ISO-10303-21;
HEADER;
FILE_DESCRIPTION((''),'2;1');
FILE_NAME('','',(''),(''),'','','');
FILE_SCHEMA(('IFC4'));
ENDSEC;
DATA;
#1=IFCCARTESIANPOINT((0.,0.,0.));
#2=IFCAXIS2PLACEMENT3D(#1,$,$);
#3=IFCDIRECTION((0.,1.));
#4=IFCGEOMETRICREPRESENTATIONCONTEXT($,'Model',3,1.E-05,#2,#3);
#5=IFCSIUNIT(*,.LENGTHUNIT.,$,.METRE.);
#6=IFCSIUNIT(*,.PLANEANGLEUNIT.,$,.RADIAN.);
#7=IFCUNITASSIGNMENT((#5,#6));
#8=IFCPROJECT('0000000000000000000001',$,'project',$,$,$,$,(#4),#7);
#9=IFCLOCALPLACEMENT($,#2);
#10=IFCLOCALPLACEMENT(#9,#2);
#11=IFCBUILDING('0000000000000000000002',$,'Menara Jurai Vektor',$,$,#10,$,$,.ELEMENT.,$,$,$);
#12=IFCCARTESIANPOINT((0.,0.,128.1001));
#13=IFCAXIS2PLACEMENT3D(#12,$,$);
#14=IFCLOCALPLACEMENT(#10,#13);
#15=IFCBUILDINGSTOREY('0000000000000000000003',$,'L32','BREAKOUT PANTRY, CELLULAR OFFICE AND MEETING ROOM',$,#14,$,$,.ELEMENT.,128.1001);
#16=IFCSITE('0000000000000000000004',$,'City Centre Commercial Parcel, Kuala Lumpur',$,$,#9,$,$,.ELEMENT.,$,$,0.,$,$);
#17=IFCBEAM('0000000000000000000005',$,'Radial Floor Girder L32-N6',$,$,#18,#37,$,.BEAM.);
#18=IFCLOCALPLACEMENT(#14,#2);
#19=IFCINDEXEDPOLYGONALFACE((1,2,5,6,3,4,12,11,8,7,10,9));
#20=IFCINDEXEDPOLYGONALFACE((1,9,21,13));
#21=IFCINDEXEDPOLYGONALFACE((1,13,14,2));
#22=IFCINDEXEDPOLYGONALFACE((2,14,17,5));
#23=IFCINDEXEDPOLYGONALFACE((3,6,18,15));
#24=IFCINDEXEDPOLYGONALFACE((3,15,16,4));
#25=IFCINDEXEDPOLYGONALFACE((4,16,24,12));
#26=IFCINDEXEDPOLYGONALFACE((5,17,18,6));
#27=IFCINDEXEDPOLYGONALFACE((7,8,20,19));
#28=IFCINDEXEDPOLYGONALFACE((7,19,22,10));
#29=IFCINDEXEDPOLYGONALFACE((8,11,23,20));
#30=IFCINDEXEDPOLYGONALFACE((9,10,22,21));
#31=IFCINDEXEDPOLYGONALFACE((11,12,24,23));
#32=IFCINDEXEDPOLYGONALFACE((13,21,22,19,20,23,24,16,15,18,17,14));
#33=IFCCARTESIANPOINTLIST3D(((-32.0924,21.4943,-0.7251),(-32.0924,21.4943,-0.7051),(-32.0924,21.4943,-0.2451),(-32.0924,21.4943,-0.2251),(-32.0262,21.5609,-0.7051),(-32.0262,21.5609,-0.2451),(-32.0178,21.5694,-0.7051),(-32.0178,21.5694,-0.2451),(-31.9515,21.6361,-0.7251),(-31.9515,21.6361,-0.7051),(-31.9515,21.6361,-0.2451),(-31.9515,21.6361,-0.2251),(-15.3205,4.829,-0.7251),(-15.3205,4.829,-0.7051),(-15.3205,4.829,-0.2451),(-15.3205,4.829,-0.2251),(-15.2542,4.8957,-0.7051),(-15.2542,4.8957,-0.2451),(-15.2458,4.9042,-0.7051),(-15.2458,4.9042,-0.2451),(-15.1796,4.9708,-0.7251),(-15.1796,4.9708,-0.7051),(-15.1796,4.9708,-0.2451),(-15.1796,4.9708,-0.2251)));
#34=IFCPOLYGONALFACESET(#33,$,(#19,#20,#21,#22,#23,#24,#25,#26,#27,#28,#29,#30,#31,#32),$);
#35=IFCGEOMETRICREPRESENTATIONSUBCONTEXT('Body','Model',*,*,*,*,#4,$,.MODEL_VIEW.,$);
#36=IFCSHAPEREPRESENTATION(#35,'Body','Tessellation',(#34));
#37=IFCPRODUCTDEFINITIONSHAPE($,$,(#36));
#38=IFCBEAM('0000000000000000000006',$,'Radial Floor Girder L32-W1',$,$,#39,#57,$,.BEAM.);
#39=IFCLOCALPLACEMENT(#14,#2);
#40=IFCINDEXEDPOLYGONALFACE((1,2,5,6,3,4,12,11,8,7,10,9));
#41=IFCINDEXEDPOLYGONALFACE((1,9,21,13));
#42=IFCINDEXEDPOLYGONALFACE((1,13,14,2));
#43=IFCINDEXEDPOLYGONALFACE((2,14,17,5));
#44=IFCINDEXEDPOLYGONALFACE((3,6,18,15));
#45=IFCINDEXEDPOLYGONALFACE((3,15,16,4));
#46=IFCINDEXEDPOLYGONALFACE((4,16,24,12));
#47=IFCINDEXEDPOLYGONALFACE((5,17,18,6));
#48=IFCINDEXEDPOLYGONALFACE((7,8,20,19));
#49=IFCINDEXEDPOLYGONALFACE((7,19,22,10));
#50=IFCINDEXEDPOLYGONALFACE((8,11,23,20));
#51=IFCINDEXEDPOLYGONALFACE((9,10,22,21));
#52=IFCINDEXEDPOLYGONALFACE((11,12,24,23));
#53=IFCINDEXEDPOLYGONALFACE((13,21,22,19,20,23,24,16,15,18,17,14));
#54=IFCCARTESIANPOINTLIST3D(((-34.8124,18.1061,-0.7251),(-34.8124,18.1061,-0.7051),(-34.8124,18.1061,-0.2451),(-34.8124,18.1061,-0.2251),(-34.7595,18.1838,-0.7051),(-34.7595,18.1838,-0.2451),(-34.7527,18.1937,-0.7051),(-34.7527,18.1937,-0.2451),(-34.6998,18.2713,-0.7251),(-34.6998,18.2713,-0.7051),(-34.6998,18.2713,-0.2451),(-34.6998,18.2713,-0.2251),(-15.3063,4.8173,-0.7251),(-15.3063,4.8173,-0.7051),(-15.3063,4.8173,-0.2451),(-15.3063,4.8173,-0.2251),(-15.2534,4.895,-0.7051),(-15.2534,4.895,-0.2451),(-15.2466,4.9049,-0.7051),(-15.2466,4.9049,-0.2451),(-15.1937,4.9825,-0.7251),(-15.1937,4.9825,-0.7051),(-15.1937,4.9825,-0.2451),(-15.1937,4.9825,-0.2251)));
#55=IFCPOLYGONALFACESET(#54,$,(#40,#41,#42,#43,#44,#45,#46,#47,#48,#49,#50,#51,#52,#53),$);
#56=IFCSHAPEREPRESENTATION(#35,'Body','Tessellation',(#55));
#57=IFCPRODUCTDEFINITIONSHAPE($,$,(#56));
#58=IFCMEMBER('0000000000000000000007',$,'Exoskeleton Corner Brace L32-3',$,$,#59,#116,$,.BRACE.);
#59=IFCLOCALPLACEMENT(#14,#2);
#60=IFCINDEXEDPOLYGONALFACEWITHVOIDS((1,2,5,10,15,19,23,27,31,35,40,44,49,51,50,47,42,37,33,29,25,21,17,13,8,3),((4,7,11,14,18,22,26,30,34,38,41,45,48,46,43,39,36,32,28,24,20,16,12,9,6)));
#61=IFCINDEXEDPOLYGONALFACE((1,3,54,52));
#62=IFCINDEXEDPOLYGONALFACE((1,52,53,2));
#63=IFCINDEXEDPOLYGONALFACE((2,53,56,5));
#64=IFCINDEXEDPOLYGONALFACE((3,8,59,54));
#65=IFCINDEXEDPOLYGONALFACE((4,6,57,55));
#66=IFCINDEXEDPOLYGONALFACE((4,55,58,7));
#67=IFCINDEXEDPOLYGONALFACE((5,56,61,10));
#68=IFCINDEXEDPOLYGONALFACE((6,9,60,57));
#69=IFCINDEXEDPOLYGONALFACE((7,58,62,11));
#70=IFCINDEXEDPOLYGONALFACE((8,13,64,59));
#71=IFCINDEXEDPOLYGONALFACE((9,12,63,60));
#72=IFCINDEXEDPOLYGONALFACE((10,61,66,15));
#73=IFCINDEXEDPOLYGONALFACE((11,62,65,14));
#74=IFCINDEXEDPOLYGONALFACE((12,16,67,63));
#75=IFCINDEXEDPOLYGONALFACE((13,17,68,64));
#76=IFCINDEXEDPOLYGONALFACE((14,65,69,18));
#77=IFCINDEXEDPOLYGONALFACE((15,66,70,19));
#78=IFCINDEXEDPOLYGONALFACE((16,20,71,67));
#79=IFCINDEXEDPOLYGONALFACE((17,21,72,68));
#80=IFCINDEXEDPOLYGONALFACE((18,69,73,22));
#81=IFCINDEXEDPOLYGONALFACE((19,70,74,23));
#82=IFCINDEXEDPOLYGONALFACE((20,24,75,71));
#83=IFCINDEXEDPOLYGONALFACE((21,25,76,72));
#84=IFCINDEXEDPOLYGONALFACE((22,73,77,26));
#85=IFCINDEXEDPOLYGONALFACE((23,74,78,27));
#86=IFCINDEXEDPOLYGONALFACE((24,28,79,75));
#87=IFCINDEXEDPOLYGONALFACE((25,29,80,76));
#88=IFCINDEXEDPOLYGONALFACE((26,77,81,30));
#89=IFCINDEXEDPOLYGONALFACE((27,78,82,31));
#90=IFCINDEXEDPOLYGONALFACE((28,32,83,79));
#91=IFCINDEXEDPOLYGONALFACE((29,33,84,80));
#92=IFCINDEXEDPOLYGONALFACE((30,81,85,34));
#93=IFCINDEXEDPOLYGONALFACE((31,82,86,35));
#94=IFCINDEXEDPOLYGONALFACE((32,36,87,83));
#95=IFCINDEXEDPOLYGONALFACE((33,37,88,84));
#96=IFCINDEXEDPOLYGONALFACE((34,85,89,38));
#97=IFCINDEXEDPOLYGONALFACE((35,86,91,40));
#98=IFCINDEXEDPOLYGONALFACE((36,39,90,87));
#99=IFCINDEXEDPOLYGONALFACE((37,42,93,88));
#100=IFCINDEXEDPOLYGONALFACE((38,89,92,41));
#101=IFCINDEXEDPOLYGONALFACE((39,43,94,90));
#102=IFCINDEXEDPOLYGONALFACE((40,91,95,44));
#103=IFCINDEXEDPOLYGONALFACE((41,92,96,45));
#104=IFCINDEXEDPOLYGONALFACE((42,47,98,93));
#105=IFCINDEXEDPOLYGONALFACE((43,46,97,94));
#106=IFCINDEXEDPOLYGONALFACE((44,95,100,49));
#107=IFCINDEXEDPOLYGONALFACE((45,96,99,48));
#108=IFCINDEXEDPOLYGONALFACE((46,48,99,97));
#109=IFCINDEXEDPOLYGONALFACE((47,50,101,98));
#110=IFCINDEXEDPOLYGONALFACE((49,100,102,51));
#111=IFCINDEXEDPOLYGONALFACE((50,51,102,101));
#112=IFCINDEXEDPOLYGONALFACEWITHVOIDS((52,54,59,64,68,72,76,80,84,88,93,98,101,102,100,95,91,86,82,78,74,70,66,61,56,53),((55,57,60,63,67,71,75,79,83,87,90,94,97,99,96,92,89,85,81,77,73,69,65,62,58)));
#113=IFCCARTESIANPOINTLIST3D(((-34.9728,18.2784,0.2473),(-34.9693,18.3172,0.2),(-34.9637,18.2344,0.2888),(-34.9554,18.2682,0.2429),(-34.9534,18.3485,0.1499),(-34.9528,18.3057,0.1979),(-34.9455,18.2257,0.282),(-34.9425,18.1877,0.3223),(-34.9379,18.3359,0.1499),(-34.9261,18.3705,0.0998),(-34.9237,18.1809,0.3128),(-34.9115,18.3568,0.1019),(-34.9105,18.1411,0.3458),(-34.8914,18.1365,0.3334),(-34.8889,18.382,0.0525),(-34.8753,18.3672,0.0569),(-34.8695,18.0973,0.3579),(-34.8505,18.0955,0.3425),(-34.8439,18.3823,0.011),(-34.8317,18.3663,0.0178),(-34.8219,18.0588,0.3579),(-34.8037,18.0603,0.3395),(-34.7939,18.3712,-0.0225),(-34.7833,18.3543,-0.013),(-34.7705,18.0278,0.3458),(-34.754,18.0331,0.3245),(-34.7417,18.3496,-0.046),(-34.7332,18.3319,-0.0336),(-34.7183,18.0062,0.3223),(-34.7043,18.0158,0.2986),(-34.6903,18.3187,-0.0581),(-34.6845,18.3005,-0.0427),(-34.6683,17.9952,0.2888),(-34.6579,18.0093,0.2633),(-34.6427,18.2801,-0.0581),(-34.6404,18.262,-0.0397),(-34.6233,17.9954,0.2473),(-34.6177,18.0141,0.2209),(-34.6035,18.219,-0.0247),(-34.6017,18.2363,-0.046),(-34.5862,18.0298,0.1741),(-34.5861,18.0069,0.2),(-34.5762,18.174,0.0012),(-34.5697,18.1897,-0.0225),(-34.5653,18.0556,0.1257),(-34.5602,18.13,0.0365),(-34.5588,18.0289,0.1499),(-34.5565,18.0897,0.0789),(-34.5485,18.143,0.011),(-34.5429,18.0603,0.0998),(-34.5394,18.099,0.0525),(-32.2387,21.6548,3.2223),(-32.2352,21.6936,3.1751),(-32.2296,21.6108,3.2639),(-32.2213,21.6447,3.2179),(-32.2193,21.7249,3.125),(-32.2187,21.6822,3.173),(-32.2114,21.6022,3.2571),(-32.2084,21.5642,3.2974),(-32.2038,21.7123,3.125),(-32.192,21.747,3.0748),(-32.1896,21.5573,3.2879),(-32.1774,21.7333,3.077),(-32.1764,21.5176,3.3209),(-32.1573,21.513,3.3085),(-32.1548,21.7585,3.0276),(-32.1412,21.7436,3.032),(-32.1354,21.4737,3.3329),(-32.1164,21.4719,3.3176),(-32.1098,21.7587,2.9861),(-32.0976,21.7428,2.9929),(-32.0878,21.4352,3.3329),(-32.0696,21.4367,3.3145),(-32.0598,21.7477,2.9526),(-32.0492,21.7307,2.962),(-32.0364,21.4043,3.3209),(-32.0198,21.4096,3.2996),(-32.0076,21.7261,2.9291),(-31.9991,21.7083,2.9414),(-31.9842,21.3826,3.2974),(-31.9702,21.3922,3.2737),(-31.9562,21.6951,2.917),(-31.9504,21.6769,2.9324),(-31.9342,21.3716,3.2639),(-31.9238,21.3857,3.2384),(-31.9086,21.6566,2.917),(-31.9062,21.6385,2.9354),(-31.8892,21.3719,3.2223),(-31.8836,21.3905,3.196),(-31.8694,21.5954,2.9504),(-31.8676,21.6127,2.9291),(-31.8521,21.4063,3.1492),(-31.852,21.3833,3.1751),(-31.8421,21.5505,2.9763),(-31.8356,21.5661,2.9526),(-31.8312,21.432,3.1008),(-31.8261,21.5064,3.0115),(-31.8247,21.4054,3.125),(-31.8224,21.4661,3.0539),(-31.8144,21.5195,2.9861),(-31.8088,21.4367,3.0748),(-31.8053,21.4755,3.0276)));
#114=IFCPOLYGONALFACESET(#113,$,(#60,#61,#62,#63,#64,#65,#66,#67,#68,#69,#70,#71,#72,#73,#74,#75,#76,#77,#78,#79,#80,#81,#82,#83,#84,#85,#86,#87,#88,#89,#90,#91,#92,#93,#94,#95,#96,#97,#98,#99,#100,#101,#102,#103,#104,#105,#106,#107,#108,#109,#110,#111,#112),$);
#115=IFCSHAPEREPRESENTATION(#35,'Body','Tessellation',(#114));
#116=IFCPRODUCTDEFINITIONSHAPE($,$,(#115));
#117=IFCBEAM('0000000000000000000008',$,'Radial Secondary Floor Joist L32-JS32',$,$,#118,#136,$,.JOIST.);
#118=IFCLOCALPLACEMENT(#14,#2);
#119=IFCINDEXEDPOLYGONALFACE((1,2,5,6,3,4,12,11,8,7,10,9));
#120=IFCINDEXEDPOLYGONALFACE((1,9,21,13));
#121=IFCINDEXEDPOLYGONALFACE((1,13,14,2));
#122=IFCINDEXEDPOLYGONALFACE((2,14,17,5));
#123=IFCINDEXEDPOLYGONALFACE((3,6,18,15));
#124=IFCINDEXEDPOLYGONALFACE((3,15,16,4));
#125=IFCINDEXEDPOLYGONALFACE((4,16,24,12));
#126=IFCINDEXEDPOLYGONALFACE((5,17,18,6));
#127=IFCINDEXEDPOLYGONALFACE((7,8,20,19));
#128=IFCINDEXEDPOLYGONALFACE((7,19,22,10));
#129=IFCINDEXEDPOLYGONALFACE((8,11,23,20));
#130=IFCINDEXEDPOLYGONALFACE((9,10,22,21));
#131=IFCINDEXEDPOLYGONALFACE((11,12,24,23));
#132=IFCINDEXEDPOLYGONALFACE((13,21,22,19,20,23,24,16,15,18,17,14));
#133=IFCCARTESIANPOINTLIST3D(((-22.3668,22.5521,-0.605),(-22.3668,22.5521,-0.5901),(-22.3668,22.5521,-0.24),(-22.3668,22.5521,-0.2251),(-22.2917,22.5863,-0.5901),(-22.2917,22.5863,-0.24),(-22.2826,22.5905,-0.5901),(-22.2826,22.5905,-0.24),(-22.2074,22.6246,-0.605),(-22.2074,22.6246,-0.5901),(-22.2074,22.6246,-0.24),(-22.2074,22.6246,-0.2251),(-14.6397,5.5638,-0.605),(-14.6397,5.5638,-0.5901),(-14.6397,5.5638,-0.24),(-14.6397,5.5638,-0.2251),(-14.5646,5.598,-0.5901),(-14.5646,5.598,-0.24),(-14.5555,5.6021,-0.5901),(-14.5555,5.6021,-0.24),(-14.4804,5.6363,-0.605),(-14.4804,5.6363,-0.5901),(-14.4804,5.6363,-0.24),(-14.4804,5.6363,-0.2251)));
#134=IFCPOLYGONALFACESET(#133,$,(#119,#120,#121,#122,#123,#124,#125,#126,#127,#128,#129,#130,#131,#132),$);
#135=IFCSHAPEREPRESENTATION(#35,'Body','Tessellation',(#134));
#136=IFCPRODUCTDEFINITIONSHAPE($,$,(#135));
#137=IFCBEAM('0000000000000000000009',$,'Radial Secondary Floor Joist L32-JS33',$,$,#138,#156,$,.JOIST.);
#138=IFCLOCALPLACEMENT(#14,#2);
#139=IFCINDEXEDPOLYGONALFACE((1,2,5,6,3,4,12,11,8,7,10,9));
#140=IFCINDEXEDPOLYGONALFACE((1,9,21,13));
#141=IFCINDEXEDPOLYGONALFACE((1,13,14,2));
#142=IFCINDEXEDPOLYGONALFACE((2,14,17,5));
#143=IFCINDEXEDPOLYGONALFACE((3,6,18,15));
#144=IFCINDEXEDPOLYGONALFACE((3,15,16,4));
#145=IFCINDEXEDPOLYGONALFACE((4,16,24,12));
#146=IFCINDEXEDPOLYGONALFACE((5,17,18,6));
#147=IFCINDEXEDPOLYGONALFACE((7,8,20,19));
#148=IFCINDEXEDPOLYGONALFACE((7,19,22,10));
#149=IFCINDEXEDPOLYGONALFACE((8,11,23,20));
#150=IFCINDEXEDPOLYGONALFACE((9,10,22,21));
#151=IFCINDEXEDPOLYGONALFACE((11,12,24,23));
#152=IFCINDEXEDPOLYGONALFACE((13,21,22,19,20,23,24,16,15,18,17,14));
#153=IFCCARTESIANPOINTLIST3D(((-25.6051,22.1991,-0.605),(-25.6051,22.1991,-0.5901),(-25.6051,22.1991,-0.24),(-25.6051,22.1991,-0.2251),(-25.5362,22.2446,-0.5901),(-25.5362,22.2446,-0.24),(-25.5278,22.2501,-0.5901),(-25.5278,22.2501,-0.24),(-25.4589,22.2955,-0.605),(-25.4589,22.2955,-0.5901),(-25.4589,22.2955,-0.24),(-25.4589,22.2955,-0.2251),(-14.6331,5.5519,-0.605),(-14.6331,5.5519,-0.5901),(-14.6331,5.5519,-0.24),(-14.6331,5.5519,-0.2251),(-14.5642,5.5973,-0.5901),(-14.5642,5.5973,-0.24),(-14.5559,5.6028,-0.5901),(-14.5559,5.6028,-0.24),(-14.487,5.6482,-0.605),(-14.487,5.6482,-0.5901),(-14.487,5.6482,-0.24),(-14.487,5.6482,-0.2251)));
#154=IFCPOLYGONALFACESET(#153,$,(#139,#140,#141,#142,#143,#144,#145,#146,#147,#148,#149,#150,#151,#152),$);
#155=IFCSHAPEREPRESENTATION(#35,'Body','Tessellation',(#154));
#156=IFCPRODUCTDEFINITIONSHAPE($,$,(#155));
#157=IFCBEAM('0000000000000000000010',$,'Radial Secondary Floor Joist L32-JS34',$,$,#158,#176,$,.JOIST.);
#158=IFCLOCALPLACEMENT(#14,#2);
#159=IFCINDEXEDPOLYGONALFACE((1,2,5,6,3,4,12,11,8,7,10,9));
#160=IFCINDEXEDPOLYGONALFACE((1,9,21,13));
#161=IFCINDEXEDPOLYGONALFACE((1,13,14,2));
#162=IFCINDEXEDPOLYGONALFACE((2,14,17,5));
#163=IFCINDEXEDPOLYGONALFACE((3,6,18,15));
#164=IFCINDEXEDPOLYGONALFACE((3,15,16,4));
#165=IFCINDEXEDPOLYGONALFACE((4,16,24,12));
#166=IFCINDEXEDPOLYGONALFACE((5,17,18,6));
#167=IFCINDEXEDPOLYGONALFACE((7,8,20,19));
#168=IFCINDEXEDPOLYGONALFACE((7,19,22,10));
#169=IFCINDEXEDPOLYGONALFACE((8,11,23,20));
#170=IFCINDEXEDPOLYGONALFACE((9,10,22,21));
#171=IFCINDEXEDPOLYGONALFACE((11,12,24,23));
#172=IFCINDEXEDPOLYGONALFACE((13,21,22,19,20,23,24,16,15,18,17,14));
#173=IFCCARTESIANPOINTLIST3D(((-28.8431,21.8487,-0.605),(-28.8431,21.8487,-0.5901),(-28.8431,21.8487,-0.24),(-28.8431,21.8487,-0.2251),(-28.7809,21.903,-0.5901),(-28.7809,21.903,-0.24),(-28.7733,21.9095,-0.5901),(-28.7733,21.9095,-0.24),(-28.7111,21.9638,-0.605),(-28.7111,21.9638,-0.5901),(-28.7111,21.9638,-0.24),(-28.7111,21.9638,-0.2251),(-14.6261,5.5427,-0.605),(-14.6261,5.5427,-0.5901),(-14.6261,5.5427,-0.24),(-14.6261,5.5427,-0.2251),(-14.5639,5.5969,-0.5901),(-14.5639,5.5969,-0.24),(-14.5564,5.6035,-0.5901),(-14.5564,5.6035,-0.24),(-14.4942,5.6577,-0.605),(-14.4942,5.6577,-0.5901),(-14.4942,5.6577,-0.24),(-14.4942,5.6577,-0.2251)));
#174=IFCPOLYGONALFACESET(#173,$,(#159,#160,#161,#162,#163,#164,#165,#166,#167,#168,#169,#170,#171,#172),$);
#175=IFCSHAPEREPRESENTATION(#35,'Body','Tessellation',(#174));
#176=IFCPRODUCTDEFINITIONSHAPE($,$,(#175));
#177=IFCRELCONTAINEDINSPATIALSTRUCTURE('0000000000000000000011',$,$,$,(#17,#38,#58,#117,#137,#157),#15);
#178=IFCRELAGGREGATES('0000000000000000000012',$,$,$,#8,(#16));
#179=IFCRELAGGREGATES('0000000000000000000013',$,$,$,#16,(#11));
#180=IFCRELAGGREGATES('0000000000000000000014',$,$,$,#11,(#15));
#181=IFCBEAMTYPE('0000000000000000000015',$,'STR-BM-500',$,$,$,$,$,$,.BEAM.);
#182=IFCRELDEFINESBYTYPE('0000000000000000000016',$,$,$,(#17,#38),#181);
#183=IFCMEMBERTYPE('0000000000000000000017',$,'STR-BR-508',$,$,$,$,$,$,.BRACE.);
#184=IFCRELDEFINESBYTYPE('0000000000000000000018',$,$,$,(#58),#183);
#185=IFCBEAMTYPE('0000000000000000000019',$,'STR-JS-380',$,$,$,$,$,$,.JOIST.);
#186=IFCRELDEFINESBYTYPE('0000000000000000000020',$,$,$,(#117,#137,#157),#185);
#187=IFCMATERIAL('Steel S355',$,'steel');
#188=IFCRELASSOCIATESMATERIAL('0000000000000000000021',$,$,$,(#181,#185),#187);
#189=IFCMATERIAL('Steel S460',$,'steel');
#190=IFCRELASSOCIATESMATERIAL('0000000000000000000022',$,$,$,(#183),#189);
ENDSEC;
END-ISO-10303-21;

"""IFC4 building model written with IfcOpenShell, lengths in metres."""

from ifc_helpers import new_model, si_unit, direction, frame, origin, origin_2d, place, context, subcontext, project, spatial, hollow_circle, i_section, extrude, material, material_profile, profile_set, type_object, element, save


model = new_model("IFC4")

# Units and contexts
model_context = context("Model", 3, precision=1e-05, world=origin(), true_north=direction((0.0, 1.0)))
body_context = subcontext(model_context, "Body", "Model", "MODEL_VIEW")
ifc_project = project(units=[si_unit("LENGTHUNIT", "METRE"), si_unit("PLANEANGLEUNIT", "RADIAN")], contexts=[model_context])

# Site, building, storey
site_placement = place(None, origin())
site = spatial("IfcSite", under=ifc_project, at=site_placement, Name="City Centre Commercial Parcel, Kuala Lumpur", CompositionType="ELEMENT", RefElevation=0.0)
building_placement = place(site_placement, origin())
building = spatial("IfcBuilding", under=site, at=building_placement, Name="Menara Jurai Vektor", CompositionType="ELEMENT")
storey_placement = place(building_placement, frame((0.0, 0.0, 128.1001)))
storey = spatial("IfcBuildingStorey", under=building, at=storey_placement, Name="L32", Description="BREAKOUT PANTRY, CELLULAR OFFICE AND MEETING ROOM", CompositionType="ELEMENT", Elevation=128.1001)

# Shared definitions
ifc_material_1 = material(Name="Steel S460", Category="steel")

# Beams
ifc_material_2 = material(Name="Steel S355", Category="steel")
ifc_material_profile_1 = material_profile(ifc_material_2, i_section(OverallWidth=0.2, OverallDepth=0.5, WebThickness=0.012, FlangeThickness=0.02, at=origin_2d()), Name="PG 500x200x96")
ifc_profile_set_1 = profile_set([ifc_material_profile_1], Name="Steel S355")
beam_type_1 = type_object("IfcBeamType", Name="STR-BM-500", PredefinedType="BEAM", material=ifc_profile_set_1)
beam_1_placement = place(storey_placement, frame((-32.022, 21.5652, -0.4751), z_axis=(0.709359, -0.704847, 0.0), x_axis=(0.704847, 0.709359, 0.0)))
element("IfcBeam", 1, at=beam_1_placement, inside=storey, type_object=beam_type_1, Name="Radial Floor Girder L32-N6", PredefinedType="BEAM", context=body_context, shape_type="SweptSolid", body=[
    extrude(i_section(OverallWidth=0.2, OverallDepth=0.5, WebThickness=0.012, FlangeThickness=0.02, at=origin_2d()), origin(), (0.0, 0.0, 1.0), 23.6438),
])
beam_2_placement = place(storey_placement, frame((-34.7561, 18.1887, -0.4751), z_axis=(0.82644, -0.563024, 0.0), x_axis=(0.563024, 0.82644, 0.0)))
element("IfcBeam", 2, at=beam_2_placement, inside=storey, type_object=beam_type_1, Name="Radial Floor Girder L32-W1", PredefinedType="BEAM", context=body_context, shape_type="SweptSolid", body=[
    extrude(i_section(OverallWidth=0.2, OverallDepth=0.5, WebThickness=0.012, FlangeThickness=0.02, at=origin_2d()), origin(), (0.0, 0.0, 1.0), 23.6025),
])

# Member
ifc_material_profile_2 = material_profile(ifc_material_1, hollow_circle(Radius=0.2539, WallThickness=0.02, at=origin_2d()), Name="CHS 508x20")
ifc_profile_set_2 = profile_set([ifc_material_profile_2], Name="Steel S460")
member_type_1 = type_object("IfcMemberType", Name="STR-BR-508", PredefinedType="BRACE", material=ifc_profile_set_2)
member_1_placement = place(storey_placement, frame((-34.7561, 18.1887, 0.1499), z_axis=(0.519238, 0.641223, 0.565), x_axis=(-0.777155, 0.62931, 0.0)))
element("IfcMember", 3, at=member_1_placement, inside=storey, type_object=member_type_1, Name="Exoskeleton Corner Brace L32-3", PredefinedType="BRACE", context=body_context, shape_type="SweptSolid", body=[
    extrude(hollow_circle(Radius=0.2539, WallThickness=0.02, at=origin_2d()), origin(), (0.0, 0.0, 1.0), 5.2656),
])

# Beams
ifc_material_profile_3 = material_profile(ifc_material_2, i_section(OverallWidth=0.175, OverallDepth=0.3799, WebThickness=0.01, FlangeThickness=0.0149, at=origin_2d()), Name="PG 380x175x58")
ifc_profile_set_3 = profile_set([ifc_material_profile_3], Name="Steel S355")
beam_type_2 = type_object("IfcBeamType", Name="STR-JS-380", PredefinedType="JOIST", material=ifc_profile_set_3)
beam_3_placement = place(storey_placement, frame((-22.2871, 22.5884, -0.415), z_axis=(0.41403, -0.910263, 0.0), x_axis=(0.910263, 0.41403, 0.0)))
element("IfcBeam", 4, at=beam_3_placement, inside=storey, type_object=beam_type_2, Name="Radial Secondary Floor Joist L32-JS32", PredefinedType="JOIST", context=body_context, shape_type="SweptSolid", body=[
    extrude(i_section(OverallWidth=0.175, OverallDepth=0.3799, WebThickness=0.01, FlangeThickness=0.0149, at=origin_2d()), origin(), (0.0, 0.0, 1.0), 18.6631),
])
beam_4_placement = place(storey_placement, frame((-25.532, 22.2473, -0.415), z_axis=(0.55031, -0.834961, 0.0), x_axis=(0.834961, 0.55031, 0.0)))
element("IfcBeam", 5, at=beam_4_placement, inside=storey, type_object=beam_type_2, Name="Radial Secondary Floor Joist L32-JS33", PredefinedType="JOIST", context=body_context, shape_type="SweptSolid", body=[
    extrude(i_section(OverallWidth=0.175, OverallDepth=0.3799, WebThickness=0.01, FlangeThickness=0.0149, at=origin_2d()), origin(), (0.0, 0.0, 1.0), 19.9377),
])
beam_5_placement = place(storey_placement, frame((-28.7771, 21.9062, -0.415), z_axis=(0.657173, -0.75374, 0.0), x_axis=(0.75374, 0.657173, 0.0)))
element("IfcBeam", 6, at=beam_5_placement, inside=storey, type_object=beam_type_2, Name="Radial Secondary Floor Joist L32-JS34", PredefinedType="JOIST", context=body_context, shape_type="SweptSolid", body=[
    extrude(i_section(OverallWidth=0.175, OverallDepth=0.3799, WebThickness=0.01, FlangeThickness=0.0149, at=origin_2d()), origin(), (0.0, 0.0, 1.0), 21.6335),
])

save(model, "model.ifc")
